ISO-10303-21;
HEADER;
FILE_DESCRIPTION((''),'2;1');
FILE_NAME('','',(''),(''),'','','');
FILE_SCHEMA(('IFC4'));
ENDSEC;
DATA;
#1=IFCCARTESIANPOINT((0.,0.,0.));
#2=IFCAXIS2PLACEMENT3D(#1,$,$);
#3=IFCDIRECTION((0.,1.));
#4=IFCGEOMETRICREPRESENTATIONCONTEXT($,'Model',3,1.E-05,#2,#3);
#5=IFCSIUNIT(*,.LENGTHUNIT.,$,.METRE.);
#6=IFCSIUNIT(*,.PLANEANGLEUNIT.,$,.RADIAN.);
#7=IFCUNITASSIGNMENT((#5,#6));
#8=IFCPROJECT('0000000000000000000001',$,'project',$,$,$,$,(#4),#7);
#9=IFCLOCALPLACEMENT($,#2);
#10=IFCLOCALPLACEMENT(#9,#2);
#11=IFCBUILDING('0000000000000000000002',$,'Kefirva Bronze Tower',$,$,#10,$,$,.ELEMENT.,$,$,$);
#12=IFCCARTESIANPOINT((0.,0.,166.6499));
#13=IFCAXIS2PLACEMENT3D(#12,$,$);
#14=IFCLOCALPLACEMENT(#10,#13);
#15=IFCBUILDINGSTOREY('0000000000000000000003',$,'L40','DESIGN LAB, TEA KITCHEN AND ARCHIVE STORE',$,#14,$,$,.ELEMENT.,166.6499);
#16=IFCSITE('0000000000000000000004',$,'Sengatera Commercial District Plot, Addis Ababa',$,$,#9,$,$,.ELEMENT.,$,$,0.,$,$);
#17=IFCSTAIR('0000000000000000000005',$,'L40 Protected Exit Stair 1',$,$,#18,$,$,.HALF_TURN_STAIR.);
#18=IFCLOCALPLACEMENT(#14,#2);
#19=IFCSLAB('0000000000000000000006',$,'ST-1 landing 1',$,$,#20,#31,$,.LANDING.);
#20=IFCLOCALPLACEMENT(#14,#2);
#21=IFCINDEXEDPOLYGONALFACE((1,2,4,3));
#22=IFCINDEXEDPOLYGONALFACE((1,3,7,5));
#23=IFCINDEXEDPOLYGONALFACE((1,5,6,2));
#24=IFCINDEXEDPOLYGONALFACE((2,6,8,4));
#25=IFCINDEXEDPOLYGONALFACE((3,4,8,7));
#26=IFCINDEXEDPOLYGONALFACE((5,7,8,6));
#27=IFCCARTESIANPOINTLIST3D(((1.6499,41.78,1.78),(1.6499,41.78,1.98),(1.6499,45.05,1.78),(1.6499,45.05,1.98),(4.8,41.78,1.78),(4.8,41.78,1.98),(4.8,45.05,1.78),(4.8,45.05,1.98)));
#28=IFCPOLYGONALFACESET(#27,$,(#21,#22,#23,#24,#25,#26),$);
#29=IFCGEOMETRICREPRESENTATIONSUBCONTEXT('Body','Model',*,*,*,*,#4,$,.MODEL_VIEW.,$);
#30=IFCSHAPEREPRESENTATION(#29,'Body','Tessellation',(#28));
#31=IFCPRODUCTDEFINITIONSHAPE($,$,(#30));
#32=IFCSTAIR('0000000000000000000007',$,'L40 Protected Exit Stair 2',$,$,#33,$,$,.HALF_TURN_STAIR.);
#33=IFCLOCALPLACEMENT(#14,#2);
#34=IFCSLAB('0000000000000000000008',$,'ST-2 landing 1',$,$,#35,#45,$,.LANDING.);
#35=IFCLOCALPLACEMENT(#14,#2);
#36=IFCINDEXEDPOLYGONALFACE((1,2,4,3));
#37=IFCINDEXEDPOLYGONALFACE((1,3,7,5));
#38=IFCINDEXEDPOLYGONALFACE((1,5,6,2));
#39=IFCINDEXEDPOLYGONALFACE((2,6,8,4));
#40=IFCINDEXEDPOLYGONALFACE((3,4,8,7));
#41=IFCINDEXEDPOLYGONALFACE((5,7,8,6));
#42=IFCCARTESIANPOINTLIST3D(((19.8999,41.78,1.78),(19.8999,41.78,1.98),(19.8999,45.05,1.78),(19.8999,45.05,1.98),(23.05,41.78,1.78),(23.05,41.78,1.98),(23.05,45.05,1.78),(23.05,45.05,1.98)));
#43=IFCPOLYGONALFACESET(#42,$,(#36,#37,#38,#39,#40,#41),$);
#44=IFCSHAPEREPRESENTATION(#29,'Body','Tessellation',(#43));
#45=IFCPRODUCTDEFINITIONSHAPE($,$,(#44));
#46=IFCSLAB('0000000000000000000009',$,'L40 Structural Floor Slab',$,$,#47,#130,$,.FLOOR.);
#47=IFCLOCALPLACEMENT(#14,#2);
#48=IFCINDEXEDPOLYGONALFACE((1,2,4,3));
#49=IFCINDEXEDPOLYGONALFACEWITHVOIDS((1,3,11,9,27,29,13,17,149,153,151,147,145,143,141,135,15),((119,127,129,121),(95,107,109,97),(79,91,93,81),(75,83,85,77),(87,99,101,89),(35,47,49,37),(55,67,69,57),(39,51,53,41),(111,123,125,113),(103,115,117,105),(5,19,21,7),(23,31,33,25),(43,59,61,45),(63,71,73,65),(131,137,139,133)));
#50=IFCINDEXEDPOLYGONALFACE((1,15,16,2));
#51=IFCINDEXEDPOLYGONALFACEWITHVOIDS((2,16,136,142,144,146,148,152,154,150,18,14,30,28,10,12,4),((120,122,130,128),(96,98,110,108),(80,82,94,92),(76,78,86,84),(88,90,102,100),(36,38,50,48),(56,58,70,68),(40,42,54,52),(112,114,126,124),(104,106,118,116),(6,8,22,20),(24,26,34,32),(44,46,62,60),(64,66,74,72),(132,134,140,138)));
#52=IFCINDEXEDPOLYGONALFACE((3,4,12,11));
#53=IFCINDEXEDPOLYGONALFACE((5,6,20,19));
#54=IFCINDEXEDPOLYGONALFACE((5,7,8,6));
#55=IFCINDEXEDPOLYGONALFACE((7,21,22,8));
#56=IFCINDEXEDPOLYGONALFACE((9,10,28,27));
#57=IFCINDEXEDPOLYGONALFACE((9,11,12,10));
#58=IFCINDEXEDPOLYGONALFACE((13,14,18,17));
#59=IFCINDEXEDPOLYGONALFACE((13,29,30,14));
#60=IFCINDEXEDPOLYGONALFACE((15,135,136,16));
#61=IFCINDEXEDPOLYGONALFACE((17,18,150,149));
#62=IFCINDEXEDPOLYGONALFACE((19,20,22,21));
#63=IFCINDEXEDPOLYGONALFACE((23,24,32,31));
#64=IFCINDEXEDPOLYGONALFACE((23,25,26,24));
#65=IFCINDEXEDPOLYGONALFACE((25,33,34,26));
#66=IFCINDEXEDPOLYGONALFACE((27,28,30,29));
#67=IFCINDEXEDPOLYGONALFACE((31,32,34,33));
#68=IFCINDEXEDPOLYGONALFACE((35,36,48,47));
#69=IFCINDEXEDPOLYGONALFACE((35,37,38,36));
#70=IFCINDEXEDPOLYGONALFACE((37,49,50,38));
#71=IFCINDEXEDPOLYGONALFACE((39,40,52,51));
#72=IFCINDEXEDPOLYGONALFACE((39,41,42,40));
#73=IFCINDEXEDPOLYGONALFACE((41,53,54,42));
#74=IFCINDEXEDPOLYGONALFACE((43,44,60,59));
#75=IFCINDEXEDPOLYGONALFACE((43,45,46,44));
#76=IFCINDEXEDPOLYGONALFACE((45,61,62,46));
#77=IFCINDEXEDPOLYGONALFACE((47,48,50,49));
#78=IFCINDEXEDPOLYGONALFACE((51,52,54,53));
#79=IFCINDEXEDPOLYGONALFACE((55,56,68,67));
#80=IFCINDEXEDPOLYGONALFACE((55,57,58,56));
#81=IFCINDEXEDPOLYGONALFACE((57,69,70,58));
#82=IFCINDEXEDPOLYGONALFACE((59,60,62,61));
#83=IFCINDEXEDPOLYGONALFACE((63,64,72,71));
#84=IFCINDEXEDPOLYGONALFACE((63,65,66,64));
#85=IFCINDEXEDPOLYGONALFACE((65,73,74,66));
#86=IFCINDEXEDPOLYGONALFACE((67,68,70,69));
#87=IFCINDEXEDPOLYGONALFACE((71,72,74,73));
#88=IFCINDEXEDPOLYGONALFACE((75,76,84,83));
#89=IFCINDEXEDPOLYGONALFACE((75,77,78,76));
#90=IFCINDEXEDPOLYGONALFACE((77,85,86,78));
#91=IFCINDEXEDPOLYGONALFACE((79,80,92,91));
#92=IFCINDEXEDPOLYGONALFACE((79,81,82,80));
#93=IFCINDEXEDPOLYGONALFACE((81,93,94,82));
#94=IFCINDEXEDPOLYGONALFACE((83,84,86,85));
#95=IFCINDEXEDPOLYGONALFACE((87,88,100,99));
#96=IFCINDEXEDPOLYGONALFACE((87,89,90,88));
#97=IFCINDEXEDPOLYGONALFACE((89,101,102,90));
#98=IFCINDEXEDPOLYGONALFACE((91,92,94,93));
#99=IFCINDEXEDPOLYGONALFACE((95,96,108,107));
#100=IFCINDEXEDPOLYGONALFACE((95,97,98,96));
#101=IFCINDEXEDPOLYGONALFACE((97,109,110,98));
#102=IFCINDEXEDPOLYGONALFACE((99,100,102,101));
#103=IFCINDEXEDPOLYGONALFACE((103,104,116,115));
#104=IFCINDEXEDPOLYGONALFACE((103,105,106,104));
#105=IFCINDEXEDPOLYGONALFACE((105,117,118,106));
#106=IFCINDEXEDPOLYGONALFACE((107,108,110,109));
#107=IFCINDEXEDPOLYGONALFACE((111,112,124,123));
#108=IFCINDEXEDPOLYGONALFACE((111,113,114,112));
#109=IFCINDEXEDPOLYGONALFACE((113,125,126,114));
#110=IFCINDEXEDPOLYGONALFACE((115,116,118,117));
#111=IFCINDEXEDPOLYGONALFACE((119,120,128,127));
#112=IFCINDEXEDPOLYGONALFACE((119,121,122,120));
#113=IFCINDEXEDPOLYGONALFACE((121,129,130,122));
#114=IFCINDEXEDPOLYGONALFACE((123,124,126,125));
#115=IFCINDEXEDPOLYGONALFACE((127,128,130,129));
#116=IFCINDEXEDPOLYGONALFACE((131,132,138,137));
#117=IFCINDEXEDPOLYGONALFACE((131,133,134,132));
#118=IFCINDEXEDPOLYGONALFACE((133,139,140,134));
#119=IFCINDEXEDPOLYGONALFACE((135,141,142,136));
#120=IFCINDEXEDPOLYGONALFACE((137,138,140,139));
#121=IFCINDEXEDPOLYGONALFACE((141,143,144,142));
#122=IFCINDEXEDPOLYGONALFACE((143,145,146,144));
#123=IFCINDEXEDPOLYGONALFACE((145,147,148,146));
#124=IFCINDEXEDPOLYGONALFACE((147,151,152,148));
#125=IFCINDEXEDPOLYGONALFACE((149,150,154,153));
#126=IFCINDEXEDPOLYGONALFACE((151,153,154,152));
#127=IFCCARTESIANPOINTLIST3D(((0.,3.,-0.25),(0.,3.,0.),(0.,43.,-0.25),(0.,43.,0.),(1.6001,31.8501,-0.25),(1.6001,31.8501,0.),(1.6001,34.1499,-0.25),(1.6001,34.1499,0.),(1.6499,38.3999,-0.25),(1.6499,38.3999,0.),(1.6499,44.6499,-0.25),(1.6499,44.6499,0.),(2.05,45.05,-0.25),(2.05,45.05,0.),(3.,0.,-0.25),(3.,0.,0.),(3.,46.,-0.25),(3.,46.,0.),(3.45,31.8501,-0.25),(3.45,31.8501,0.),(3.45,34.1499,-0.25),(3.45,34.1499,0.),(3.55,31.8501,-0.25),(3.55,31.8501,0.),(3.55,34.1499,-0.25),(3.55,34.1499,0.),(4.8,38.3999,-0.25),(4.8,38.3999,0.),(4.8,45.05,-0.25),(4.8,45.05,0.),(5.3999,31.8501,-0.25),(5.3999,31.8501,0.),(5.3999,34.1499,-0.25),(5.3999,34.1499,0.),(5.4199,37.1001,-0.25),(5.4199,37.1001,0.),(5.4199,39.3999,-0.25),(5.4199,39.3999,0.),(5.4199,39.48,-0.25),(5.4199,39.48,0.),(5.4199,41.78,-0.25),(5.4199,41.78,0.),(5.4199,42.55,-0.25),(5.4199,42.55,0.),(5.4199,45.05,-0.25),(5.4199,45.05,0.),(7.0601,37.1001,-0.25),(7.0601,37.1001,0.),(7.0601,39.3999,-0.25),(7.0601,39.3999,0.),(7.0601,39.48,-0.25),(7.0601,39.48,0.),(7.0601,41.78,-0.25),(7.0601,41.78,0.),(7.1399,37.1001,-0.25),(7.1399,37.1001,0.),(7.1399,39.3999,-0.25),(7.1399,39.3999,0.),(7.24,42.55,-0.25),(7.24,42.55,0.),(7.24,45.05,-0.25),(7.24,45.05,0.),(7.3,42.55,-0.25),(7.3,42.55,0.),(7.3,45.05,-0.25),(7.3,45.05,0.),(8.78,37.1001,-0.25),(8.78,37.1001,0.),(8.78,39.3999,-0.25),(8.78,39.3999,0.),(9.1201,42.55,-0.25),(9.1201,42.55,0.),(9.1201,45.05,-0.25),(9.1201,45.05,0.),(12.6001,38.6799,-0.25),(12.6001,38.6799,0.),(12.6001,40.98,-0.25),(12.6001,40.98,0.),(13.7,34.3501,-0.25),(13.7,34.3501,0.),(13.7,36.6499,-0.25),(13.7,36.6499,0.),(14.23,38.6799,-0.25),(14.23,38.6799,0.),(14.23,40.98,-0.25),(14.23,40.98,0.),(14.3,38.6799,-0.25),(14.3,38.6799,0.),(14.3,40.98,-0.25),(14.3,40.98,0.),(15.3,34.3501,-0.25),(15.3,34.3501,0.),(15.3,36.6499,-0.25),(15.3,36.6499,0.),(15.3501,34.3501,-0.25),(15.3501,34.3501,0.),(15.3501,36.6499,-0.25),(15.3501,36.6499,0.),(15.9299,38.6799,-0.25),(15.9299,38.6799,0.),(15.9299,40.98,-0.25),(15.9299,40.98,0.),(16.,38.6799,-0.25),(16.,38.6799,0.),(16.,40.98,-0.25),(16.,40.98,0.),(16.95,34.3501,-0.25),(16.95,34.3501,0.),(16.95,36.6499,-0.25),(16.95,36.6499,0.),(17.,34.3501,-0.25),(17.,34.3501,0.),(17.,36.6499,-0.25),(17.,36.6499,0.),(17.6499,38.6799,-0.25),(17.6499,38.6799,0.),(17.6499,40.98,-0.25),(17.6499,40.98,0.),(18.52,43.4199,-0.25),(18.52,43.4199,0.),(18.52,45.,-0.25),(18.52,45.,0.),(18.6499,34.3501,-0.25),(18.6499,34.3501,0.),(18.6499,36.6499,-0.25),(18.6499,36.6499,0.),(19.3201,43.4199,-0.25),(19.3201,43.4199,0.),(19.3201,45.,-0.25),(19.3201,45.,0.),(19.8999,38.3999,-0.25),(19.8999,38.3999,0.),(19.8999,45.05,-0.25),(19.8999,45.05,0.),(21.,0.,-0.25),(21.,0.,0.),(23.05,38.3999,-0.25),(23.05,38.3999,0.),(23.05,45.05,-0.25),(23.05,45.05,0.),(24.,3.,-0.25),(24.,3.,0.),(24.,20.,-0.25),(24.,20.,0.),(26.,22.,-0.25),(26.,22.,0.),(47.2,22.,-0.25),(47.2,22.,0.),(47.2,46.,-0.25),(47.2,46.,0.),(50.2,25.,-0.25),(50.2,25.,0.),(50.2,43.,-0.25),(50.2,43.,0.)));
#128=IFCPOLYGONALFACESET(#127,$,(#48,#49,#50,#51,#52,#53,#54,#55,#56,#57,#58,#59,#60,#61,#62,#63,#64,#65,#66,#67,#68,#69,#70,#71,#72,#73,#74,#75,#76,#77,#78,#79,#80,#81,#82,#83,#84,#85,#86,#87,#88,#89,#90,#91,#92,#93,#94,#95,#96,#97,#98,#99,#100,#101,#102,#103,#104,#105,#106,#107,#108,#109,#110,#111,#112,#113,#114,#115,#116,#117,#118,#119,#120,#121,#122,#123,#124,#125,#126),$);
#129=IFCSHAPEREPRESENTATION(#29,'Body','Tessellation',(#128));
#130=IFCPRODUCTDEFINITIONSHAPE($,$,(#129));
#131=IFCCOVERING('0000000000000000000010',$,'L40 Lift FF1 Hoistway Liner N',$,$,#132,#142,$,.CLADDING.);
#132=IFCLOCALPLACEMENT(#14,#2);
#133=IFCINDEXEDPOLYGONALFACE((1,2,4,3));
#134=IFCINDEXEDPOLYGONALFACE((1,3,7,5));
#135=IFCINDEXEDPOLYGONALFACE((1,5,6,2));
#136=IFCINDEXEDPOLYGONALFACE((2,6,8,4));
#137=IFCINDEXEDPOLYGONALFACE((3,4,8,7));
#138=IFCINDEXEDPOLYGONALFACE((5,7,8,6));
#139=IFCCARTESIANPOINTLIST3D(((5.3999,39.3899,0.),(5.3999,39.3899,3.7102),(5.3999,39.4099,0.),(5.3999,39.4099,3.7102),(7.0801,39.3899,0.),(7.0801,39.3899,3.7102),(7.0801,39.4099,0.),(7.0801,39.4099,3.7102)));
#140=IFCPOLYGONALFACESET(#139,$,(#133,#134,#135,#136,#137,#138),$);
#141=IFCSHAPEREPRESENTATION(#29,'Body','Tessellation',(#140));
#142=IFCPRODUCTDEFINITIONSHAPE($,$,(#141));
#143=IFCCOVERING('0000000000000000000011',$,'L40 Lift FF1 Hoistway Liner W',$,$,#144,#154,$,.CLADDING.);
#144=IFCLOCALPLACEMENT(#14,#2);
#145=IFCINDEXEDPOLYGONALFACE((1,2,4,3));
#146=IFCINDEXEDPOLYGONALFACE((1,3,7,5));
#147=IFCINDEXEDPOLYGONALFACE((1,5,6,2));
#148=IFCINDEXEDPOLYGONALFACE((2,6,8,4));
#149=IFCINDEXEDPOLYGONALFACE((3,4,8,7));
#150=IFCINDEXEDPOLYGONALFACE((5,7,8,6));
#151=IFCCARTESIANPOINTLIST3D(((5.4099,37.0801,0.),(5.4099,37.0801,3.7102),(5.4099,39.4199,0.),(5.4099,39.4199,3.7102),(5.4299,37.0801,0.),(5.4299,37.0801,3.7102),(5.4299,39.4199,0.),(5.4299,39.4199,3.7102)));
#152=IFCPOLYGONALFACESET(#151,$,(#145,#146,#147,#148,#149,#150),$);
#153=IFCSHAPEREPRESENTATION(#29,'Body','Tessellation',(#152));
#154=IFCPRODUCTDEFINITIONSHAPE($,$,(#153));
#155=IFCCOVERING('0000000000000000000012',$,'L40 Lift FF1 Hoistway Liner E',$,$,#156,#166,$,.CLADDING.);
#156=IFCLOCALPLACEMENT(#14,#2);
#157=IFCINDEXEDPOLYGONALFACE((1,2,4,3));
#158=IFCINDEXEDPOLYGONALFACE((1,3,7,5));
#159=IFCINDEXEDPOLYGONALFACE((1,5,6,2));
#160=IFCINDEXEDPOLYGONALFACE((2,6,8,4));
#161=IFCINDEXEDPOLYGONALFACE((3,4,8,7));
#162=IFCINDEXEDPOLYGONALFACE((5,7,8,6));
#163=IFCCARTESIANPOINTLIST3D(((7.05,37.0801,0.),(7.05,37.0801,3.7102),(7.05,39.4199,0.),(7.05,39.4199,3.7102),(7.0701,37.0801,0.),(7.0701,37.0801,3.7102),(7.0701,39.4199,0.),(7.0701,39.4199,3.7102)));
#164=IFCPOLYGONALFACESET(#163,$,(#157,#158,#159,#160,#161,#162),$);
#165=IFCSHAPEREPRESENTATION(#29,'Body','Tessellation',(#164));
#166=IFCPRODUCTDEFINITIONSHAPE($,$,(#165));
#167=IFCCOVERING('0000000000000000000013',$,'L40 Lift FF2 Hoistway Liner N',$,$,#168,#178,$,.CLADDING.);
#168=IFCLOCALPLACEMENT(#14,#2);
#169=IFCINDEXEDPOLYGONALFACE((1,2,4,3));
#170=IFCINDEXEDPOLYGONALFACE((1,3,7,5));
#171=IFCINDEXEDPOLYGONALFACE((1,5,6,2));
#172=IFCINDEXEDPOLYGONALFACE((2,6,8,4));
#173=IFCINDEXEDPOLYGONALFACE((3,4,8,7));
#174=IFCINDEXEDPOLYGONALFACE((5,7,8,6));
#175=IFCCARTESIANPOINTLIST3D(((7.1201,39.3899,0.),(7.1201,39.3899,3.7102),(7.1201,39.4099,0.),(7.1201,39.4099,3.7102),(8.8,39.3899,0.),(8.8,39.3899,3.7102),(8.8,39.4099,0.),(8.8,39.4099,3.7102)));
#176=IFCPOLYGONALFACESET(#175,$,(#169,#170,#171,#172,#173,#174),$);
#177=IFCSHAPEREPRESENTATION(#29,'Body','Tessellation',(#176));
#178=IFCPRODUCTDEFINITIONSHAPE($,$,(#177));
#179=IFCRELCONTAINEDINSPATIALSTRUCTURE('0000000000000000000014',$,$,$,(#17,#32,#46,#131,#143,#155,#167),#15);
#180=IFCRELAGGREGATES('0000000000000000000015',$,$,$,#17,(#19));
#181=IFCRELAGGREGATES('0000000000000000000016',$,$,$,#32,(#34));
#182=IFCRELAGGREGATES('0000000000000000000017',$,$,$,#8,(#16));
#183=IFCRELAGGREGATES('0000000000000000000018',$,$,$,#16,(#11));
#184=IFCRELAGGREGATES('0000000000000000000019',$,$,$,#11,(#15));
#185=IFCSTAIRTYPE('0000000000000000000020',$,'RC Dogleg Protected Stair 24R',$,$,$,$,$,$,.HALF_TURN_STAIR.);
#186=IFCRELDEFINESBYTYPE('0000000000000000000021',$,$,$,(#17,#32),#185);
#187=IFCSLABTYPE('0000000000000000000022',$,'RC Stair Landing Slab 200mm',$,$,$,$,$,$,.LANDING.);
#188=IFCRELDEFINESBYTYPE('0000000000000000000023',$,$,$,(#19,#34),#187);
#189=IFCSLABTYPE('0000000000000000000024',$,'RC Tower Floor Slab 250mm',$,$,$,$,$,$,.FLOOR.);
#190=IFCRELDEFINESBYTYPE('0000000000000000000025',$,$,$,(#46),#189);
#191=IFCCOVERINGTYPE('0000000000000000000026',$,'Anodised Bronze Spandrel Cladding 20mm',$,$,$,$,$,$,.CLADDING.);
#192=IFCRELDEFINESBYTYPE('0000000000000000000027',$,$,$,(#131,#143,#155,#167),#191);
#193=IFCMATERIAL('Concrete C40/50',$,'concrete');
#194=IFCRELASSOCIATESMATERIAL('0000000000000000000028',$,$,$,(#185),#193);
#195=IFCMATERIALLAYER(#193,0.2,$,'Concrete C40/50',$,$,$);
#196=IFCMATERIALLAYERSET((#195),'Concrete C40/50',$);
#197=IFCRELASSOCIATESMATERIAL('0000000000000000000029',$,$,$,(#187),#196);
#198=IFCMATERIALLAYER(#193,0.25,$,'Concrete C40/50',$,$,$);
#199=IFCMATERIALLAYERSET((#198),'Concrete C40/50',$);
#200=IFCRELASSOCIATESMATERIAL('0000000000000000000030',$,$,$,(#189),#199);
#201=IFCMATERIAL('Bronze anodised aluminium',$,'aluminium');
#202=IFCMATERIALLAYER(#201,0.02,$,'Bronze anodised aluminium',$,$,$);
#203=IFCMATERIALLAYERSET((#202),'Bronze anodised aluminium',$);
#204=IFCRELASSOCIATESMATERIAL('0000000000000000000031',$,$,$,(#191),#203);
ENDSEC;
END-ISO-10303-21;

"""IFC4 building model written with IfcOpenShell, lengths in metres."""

from ifc_helpers import new_model, si_unit, direction, frame, origin, place, context, subcontext, project, spatial, polyline, outline, extrude, material, layer, layer_set, type_object, element, aggregate, save


model = new_model("IFC4")

# Units and contexts
model_context = context("Model", 3, precision=1e-05, world=origin(), true_north=direction((0.0, 1.0)))
body_context = subcontext(model_context, "Body", "Model", "MODEL_VIEW")
ifc_project = project(units=[si_unit("LENGTHUNIT", "METRE"), si_unit("PLANEANGLEUNIT", "RADIAN")], contexts=[model_context])

# Site, building, storey
site_placement = place(None, origin())
site = spatial("IfcSite", under=ifc_project, at=site_placement, Name="Sengatera Commercial District Plot, Addis Ababa", CompositionType="ELEMENT", RefElevation=0.0)
building_placement = place(site_placement, origin())
building = spatial("IfcBuilding", under=site, at=building_placement, Name="Kefirva Bronze Tower", CompositionType="ELEMENT")
storey_placement = place(building_placement, frame((0.0, 0.0, 166.6499)))
storey = spatial("IfcBuildingStorey", under=building, at=storey_placement, Name="L40", Description="DESIGN LAB, TEA KITCHEN AND ARCHIVE STORE", CompositionType="ELEMENT", Elevation=166.6499)

# Stairs, slabs
ifc_material_1 = material(Name="Concrete C40/50", Category="concrete")
stair_type = type_object("IfcStairType", Name="RC Dogleg Protected Stair 24R", PredefinedType="HALF_TURN_STAIR", material=ifc_material_1)
stair_1_placement = place(storey_placement, origin())
stair_1 = element("IfcStair", 1, at=stair_1_placement, inside=storey, type_object=stair_type, Name="L40 Protected Exit Stair 1", PredefinedType="HALF_TURN_STAIR")
ifc_layer_1 = layer(ifc_material_1, 0.2, Name="Concrete C40/50")
ifc_layer_set_1 = layer_set([ifc_layer_1], Name="Concrete C40/50")
slab_type_1 = type_object("IfcSlabType", Name="RC Stair Landing Slab 200mm", PredefinedType="LANDING", material=ifc_layer_set_1)
slab_1_placement = place(storey_placement, frame((0.0, 0.0, 1.78)))
slab_1 = element("IfcSlab", 2, at=slab_1_placement, type_object=slab_type_1, Name="ST-1 landing 1", PredefinedType="LANDING", context=body_context, shape_type="SweptSolid", body=[
    extrude(outline(polyline([(4.8, 41.78), (4.8, 45.05), (1.6499, 45.05), (1.6499, 41.78), (4.8, 41.78)])), origin(), (0.0, 0.0, 1.0), 0.2),
])
aggregate(stair_1, [slab_1])
stair_2_placement = place(storey_placement, origin())
stair_2 = element("IfcStair", 3, at=stair_2_placement, inside=storey, type_object=stair_type, Name="L40 Protected Exit Stair 2", PredefinedType="HALF_TURN_STAIR")
slab_2_placement = place(storey_placement, frame((0.0, 0.0, 1.78)))
slab_2 = element("IfcSlab", 4, at=slab_2_placement, type_object=slab_type_1, Name="ST-2 landing 1", PredefinedType="LANDING", context=body_context, shape_type="SweptSolid", body=[
    extrude(outline(polyline([(23.05, 41.78), (23.05, 45.05), (19.8999, 45.05), (19.8999, 41.78), (23.05, 41.78)])), origin(), (0.0, 0.0, 1.0), 0.2),
])
aggregate(stair_2, [slab_2])

# Slab
ifc_layer_2 = layer(ifc_material_1, 0.25, Name="Concrete C40/50")
ifc_layer_set_2 = layer_set([ifc_layer_2], Name="Concrete C40/50")
slab_type_2 = type_object("IfcSlabType", Name="RC Tower Floor Slab 250mm", PredefinedType="FLOOR", material=ifc_layer_set_2)
slab_3_placement = place(storey_placement, frame((0.0, 0.0, -0.25)))
element("IfcSlab", 5, at=slab_3_placement, inside=storey, type_object=slab_type_2, Name="L40 Structural Floor Slab", PredefinedType="FLOOR", context=body_context, shape_type="SweptSolid", body=[
    extrude(outline(polyline([(0.0, 3.0), (0.0, 43.0), (1.6499, 44.6499), (1.6499, 38.3999), (4.8, 38.3999), (4.8, 45.05), (2.05, 45.05), (3.0, 46.0), (47.2, 46.0), (50.2, 43.0), (50.2, 25.0), (47.2, 22.0), (26.0, 22.0), (24.0, 20.0), (24.0, 3.0), (21.0, 0.0), (3.0, 0.0), (0.0, 3.0)]), holes=[polyline([(23.05, 38.3999), (23.05, 45.05), (19.8999, 45.05), (19.8999, 38.3999), (23.05, 38.3999)]), polyline([(19.3201, 43.4199), (19.3201, 45.0), (18.52, 45.0), (18.52, 43.4199), (19.3201, 43.4199)]), polyline([(18.6499, 34.3501), (18.6499, 36.6499), (17.0, 36.6499), (17.0, 34.3501), (18.6499, 34.3501)]), polyline([(17.6499, 38.6799), (17.6499, 40.98), (16.0, 40.98), (16.0, 38.6799), (17.6499, 38.6799)]), polyline([(16.95, 34.3501), (16.95, 36.6499), (15.3501, 36.6499), (15.3501, 34.3501), (16.95, 34.3501)]), polyline([(15.9299, 38.6799), (15.9299, 40.98), (14.3, 40.98), (14.3, 38.6799), (15.9299, 38.6799)]), polyline([(15.3, 34.3501), (15.3, 36.6499), (13.7, 36.6499), (13.7, 34.3501), (15.3, 34.3501)]), polyline([(14.23, 38.6799), (14.23, 40.98), (12.6001, 40.98), (12.6001, 38.6799), (14.23, 38.6799)]), polyline([(9.1201, 42.55), (9.1201, 45.05), (7.3, 45.05), (7.3, 42.55), (9.1201, 42.55)]), polyline([(8.78, 37.1001), (8.78, 39.3999), (7.1399, 39.3999), (7.1399, 37.1001), (8.78, 37.1001)]), polyline([(7.24, 42.55), (7.24, 45.05), (5.4199, 45.05), (5.4199, 42.55), (7.24, 42.55)]), polyline([(7.0601, 37.1001), (7.0601, 39.3999), (5.4199, 39.3999), (5.4199, 37.1001), (7.0601, 37.1001)]), polyline([(7.0601, 39.48), (7.0601, 41.78), (5.4199, 41.78), (5.4199, 39.48), (7.0601, 39.48)]), polyline([(5.3999, 31.8501), (5.3999, 34.1499), (3.55, 34.1499), (3.55, 31.8501), (5.3999, 31.8501)]), polyline([(3.45, 31.8501), (3.45, 34.1499), (1.6001, 34.1499), (1.6001, 31.8501), (3.45, 31.8501)])]), origin(), (0.0, 0.0, 1.0), 0.25),
])

# Coverings
ifc_material_2 = material(Name="Bronze anodised aluminium", Category="aluminium")
ifc_layer_3 = layer(ifc_material_2, 0.02, Name="Bronze anodised aluminium")
ifc_layer_set_3 = layer_set([ifc_layer_3], Name="Bronze anodised aluminium")
covering_type = type_object("IfcCoveringType", Name="Anodised Bronze Spandrel Cladding 20mm", PredefinedType="CLADDING", material=ifc_layer_set_3)
covering_1_placement = place(storey_placement, origin())
element("IfcCovering", 6, at=covering_1_placement, inside=storey, type_object=covering_type, Name="L40 Lift FF1 Hoistway Liner N", PredefinedType="CLADDING", context=body_context, shape_type="SweptSolid", body=[
    extrude(outline(polyline([(5.3999, 39.3899), (7.0801, 39.3899), (7.0801, 39.4099), (5.3999, 39.4099), (5.3999, 39.3899)])), origin(), (0.0, 0.0, 1.0), 3.7102),
])
covering_2_placement = place(storey_placement, origin())
element("IfcCovering", 7, at=covering_2_placement, inside=storey, type_object=covering_type, Name="L40 Lift FF1 Hoistway Liner W", PredefinedType="CLADDING", context=body_context, shape_type="SweptSolid", body=[
    extrude(outline(polyline([(5.4099, 37.0801), (5.4299, 37.0801), (5.4299, 39.4199), (5.4099, 39.4199), (5.4099, 37.0801)])), origin(), (0.0, 0.0, 1.0), 3.7102),
])
covering_3_placement = place(storey_placement, origin())
element("IfcCovering", 8, at=covering_3_placement, inside=storey, type_object=covering_type, Name="L40 Lift FF1 Hoistway Liner E", PredefinedType="CLADDING", context=body_context, shape_type="SweptSolid", body=[
    extrude(outline(polyline([(7.05, 37.0801), (7.0701, 37.0801), (7.0701, 39.4199), (7.05, 39.4199), (7.05, 37.0801)])), origin(), (0.0, 0.0, 1.0), 3.7102),
])
covering_4_placement = place(storey_placement, origin())
element("IfcCovering", 9, at=covering_4_placement, inside=storey, type_object=covering_type, Name="L40 Lift FF2 Hoistway Liner N", PredefinedType="CLADDING", context=body_context, shape_type="SweptSolid", body=[
    extrude(outline(polyline([(7.1201, 39.3899), (8.8, 39.3899), (8.8, 39.4099), (7.1201, 39.4099), (7.1201, 39.3899)])), origin(), (0.0, 0.0, 1.0), 3.7102),
])

save(model, "model.ifc")
